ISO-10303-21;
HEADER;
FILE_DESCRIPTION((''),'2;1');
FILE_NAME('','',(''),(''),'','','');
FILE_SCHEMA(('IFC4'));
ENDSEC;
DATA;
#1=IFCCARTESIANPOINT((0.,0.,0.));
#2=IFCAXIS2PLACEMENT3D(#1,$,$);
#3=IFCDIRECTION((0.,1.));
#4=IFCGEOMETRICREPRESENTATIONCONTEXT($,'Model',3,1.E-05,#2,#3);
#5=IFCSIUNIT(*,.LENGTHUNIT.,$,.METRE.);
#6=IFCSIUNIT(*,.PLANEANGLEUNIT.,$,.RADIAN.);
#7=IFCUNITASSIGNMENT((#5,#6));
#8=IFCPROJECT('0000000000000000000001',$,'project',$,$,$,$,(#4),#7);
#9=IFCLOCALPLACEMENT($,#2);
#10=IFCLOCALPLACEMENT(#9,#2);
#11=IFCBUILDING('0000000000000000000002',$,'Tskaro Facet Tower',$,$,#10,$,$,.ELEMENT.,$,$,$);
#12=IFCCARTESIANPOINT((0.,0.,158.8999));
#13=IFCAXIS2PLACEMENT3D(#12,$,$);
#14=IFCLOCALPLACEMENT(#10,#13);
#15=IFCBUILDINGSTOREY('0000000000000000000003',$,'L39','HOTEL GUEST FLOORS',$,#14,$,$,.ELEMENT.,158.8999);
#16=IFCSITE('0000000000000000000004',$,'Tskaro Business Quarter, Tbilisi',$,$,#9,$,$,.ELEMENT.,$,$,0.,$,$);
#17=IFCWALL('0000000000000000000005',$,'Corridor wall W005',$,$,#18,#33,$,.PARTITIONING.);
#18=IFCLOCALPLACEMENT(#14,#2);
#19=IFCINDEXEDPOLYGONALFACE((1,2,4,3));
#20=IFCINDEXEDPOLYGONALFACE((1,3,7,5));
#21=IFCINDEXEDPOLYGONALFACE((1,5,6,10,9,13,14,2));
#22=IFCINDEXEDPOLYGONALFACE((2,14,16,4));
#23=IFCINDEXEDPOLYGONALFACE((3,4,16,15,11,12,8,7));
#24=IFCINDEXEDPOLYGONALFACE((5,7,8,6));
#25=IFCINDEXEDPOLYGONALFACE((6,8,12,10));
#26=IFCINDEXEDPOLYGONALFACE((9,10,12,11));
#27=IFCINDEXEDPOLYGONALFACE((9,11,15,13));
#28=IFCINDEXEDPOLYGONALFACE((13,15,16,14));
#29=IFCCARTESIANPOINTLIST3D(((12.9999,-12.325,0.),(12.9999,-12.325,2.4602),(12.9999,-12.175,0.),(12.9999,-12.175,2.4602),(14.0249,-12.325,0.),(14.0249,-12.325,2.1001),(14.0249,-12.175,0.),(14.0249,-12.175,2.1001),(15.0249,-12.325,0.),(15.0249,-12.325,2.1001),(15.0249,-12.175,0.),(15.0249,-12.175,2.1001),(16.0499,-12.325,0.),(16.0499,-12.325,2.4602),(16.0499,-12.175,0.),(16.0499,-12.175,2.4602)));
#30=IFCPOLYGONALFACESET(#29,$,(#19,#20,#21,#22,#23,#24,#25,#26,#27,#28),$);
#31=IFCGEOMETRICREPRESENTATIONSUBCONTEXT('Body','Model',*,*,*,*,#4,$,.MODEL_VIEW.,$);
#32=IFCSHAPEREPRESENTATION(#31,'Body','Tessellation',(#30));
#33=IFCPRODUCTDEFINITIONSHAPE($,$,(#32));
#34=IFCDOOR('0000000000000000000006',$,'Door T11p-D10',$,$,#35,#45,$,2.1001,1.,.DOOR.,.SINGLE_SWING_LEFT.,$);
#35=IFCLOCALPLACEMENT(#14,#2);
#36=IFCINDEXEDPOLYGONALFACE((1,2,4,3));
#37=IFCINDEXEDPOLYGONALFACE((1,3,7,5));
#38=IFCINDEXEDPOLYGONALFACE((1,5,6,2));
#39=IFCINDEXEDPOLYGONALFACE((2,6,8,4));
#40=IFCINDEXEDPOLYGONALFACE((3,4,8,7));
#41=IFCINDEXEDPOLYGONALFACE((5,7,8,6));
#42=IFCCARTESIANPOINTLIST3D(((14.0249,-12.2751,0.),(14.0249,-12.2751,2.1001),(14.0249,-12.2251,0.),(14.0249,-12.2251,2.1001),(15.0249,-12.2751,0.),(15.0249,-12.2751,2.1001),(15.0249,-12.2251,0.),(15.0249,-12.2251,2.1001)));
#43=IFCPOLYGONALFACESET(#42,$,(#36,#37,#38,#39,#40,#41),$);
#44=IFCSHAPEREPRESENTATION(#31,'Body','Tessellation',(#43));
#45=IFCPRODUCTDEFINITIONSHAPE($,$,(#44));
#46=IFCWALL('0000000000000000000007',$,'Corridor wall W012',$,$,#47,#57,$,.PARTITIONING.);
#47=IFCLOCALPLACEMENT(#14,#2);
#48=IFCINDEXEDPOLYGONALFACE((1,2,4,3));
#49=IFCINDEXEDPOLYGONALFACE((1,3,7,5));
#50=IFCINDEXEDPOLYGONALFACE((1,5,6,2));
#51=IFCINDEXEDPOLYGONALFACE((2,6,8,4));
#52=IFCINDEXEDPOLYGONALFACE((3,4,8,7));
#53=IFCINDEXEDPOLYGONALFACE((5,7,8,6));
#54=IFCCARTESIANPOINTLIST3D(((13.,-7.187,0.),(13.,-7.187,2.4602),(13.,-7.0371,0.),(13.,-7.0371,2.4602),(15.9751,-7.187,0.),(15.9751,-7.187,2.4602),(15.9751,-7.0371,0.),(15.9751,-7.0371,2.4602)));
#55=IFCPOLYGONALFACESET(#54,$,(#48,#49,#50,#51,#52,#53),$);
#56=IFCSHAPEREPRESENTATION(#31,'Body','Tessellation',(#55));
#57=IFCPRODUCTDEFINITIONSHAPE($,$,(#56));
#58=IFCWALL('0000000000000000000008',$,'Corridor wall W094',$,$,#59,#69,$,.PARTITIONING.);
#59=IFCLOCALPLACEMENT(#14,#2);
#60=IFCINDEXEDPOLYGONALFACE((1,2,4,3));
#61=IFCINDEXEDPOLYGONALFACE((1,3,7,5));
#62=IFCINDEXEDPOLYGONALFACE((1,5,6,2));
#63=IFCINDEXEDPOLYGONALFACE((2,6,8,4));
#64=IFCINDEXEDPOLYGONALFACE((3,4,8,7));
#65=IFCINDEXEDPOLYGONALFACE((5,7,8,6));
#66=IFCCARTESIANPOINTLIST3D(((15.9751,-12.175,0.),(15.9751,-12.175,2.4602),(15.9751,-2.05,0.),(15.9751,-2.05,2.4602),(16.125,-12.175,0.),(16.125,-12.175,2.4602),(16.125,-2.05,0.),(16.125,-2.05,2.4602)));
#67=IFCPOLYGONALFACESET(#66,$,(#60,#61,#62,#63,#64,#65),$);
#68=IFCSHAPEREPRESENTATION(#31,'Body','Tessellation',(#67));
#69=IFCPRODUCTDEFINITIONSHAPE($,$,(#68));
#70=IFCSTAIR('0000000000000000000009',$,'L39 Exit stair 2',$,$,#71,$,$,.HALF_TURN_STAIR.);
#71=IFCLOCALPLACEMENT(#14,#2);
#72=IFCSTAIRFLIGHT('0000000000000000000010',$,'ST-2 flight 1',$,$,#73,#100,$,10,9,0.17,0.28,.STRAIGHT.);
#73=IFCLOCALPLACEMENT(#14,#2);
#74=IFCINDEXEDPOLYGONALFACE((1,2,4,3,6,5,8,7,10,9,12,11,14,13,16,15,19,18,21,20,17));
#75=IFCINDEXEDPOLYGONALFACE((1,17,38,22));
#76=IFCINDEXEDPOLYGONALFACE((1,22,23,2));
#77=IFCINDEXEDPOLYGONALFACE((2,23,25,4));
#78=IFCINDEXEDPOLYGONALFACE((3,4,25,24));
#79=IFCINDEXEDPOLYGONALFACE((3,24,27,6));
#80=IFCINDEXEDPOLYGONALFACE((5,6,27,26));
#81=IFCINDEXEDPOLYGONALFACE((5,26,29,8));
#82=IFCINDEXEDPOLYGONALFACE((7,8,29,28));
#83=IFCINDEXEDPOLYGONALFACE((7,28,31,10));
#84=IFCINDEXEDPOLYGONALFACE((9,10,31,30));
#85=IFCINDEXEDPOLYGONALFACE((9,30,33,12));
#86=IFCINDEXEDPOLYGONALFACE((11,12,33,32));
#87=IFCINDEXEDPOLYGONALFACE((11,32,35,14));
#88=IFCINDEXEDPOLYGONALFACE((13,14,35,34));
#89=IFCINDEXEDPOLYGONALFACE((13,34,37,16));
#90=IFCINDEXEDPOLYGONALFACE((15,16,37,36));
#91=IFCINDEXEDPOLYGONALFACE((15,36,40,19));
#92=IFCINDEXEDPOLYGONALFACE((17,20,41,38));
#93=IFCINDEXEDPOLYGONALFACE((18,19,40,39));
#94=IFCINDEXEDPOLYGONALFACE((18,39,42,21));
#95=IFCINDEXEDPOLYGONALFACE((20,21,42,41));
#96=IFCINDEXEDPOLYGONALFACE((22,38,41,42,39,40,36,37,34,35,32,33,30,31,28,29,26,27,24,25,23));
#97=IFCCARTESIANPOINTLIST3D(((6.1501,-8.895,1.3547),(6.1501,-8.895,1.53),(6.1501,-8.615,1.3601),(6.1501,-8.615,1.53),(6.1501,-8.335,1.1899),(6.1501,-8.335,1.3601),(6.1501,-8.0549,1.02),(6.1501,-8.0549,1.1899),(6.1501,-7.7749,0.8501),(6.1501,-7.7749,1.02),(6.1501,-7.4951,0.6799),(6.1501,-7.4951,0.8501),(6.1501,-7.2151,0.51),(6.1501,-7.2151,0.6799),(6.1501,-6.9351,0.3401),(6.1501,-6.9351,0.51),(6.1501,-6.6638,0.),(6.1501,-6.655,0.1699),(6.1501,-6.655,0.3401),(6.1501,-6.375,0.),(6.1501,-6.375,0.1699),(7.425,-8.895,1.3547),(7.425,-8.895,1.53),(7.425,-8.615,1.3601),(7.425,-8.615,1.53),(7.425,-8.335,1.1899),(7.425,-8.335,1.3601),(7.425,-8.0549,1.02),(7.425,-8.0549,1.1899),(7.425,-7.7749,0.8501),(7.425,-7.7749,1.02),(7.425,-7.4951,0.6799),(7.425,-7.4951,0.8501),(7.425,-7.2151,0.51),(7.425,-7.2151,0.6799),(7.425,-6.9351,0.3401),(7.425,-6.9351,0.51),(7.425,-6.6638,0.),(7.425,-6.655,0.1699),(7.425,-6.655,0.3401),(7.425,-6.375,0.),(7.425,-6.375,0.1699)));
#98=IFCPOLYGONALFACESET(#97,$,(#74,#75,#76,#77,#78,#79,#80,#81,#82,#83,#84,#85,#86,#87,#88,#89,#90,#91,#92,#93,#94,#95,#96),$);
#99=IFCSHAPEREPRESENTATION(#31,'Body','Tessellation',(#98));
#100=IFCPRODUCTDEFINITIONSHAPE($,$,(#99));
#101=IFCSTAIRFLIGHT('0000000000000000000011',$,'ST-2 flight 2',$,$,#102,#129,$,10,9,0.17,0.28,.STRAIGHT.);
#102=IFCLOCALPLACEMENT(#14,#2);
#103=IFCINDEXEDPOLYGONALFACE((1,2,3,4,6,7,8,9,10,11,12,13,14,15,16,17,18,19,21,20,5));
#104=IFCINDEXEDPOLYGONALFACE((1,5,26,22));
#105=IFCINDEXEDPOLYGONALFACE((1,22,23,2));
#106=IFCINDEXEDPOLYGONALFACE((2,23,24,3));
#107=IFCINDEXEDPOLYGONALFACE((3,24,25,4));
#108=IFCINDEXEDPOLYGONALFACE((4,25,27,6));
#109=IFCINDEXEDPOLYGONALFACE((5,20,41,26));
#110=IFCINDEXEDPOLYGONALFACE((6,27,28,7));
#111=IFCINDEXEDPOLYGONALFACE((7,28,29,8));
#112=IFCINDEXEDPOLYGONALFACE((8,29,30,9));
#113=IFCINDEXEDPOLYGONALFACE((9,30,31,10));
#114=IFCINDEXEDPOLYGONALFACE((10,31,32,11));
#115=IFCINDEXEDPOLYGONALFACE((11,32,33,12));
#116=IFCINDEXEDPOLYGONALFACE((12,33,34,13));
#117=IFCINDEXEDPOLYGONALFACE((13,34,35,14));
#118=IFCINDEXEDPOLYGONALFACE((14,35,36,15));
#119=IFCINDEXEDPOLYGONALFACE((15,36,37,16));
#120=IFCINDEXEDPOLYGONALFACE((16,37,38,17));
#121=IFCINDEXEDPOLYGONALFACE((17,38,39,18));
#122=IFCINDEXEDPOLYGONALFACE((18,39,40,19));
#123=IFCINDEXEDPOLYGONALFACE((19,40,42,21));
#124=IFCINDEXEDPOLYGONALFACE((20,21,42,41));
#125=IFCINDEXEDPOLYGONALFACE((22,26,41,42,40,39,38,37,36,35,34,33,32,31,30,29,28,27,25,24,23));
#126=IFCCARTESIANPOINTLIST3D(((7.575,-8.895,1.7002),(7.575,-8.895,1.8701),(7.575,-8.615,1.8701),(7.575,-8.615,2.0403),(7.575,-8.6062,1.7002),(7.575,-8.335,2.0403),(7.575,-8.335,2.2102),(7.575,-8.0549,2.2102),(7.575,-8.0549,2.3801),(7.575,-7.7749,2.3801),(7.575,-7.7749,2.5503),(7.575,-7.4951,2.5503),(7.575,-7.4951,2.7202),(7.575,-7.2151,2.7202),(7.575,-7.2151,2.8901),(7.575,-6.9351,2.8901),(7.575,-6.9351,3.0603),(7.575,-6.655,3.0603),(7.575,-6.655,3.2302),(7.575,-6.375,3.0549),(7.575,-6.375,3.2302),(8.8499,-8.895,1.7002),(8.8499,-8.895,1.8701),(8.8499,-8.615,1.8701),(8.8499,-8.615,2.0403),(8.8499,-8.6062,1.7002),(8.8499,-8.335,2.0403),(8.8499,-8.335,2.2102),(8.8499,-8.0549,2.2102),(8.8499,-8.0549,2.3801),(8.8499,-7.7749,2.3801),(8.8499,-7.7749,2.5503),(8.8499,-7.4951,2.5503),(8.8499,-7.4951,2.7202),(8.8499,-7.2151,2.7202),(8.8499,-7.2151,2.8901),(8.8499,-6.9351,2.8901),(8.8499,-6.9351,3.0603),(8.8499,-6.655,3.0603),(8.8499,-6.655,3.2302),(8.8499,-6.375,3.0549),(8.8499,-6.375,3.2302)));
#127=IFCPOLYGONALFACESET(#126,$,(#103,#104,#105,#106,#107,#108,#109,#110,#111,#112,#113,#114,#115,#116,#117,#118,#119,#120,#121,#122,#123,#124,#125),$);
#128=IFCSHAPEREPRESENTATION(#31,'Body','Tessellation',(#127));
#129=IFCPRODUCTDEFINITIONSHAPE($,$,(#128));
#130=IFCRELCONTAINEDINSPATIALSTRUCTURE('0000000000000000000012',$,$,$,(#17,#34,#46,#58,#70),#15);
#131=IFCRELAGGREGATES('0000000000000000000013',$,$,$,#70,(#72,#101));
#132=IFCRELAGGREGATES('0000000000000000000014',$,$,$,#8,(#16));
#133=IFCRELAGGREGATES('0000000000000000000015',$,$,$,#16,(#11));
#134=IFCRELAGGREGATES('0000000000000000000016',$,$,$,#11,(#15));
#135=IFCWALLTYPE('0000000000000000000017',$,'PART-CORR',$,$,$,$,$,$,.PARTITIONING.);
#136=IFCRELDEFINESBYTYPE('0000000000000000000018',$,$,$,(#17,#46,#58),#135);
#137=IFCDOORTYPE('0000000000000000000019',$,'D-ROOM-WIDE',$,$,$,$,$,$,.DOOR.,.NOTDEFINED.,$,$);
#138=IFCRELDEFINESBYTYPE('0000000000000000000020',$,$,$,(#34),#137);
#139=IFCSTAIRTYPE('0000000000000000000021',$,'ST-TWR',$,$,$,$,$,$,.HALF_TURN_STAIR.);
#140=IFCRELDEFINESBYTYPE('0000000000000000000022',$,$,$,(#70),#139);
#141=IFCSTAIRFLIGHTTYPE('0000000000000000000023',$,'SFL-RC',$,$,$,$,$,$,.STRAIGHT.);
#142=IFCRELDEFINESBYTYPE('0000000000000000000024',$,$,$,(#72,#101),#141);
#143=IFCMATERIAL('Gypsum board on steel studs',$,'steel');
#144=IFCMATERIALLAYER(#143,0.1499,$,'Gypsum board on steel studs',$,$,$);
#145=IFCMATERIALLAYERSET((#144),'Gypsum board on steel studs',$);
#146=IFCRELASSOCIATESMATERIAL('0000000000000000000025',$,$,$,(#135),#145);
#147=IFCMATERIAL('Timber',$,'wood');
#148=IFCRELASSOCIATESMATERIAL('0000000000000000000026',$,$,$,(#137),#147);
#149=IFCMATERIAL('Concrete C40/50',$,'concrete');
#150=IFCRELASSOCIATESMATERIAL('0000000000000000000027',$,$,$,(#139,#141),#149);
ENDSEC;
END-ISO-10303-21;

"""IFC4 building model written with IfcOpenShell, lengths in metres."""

from ifc_helpers import new_model, si_unit, direction, frame, frame_2d, origin, place, context, subcontext, project, spatial, polyline, rectangle, outline, extrude, material, layer, layer_set, type_object, element, fill, aggregate, save


model = new_model("IFC4")

# Units and contexts
model_context = context("Model", 3, precision=1e-05, world=origin(), true_north=direction((0.0, 1.0)))
body_context = subcontext(model_context, "Body", "Model", "MODEL_VIEW")
ifc_project = project(units=[si_unit("LENGTHUNIT", "METRE"), si_unit("PLANEANGLEUNIT", "RADIAN")], contexts=[model_context])

# Site, building, storey
site_placement = place(None, origin())
site = spatial("IfcSite", under=ifc_project, at=site_placement, Name="Tskaro Business Quarter, Tbilisi", CompositionType="ELEMENT", RefElevation=0.0)
building_placement = place(site_placement, origin())
building = spatial("IfcBuilding", under=site, at=building_placement, Name="Tskaro Facet Tower", CompositionType="ELEMENT")
storey_placement = place(building_placement, frame((0.0, 0.0, 158.8999)))
storey = spatial("IfcBuildingStorey", under=building, at=storey_placement, Name="L39", Description="HOTEL GUEST FLOORS", CompositionType="ELEMENT", Elevation=158.8999)

# Shared definitions
ifc_material_1 = material(Name="Timber", Category="wood")
ifc_material_2 = material(Name="Concrete C40/50", Category="concrete")

# Wall, opening, door
ifc_material_3 = material(Name="Gypsum board on steel studs", Category="steel")
ifc_layer_1 = layer(ifc_material_3, 0.1499, Name="Gypsum board on steel studs")
ifc_layer_set_1 = layer_set([ifc_layer_1], Name="Gypsum board on steel studs")
wall_type_1 = type_object("IfcWallType", Name="PART-CORR", PredefinedType="PARTITIONING", material=ifc_layer_set_1)
wall_1_placement = place(storey_placement, frame((13.0, -12.25, 0.0), z_axis=(0.0, 0.0, 1.0), x_axis=(1.0, 0.0, 0.0)))
wall_1 = element("IfcWall", 1, at=wall_1_placement, inside=storey, type_object=wall_type_1, Name="Corridor wall W005", PredefinedType="PARTITIONING", context=body_context, shape_type="SweptSolid", body=[
    extrude(rectangle(XDim=3.05, YDim=0.1499, at=frame_2d((1.5249, 0.0))), origin(), (0.0, 0.0, 1.0), 2.4602),
])
opening_1_placement = place(wall_1_placement, frame((1.0249, 0.0, 0.0)))
opening_1 = element("IfcOpeningElement", 2, at=opening_1_placement, cuts=wall_1, PredefinedType="OPENING", context=body_context, shape_type="SweptSolid", body=[
    extrude(rectangle(XDim=1.0, YDim=2.1001, at=frame_2d((0.5, 1.05))), frame((0.0, 0.085, 0.0), z_axis=(0.0, -1.0, 0.0), x_axis=(1.0, 0.0, 0.0)), (0.0, 0.0, 1.0), 0.1699),
])
door_type_1 = type_object("IfcDoorType", Name="D-ROOM-WIDE", OperationType="NOTDEFINED", PredefinedType="DOOR", material=ifc_material_1)
door_1_placement = place(opening_1_placement, origin())
door_1 = element("IfcDoor", 3, at=door_1_placement, inside=storey, type_object=door_type_1, Name="Door T11p-D10", OperationType="SINGLE_SWING_LEFT", OverallHeight=2.1001, OverallWidth=1.0, PredefinedType="DOOR", context=body_context, shape_type="SweptSolid", body=[
    extrude(rectangle(XDim=1.0, YDim=2.1001, at=frame_2d((0.5, 1.05))), frame((0.0, 0.0249, 0.0), z_axis=(0.0, -1.0, 0.0), x_axis=(1.0, 0.0, 0.0)), (0.0, 0.0, 1.0), 0.05),
])
fill(opening_1, door_1)

# Walls
wall_2_placement = place(storey_placement, frame((13.0, -7.1121, 0.0), z_axis=(0.0, 0.0, 1.0), x_axis=(1.0, 0.0, 0.0)))
element("IfcWall", 4, at=wall_2_placement, inside=storey, type_object=wall_type_1, Name="Corridor wall W012", PredefinedType="PARTITIONING", context=body_context, shape_type="SweptSolid", body=[
    extrude(rectangle(XDim=2.9751, YDim=0.1499, at=frame_2d((1.4875, 0.0))), origin(), (0.0, 0.0, 1.0), 2.4602),
])
wall_3_placement = place(storey_placement, frame((16.05, -12.175, 0.0), z_axis=(0.0, 0.0, 1.0), x_axis=(0.0, 1.0, 0.0)))
element("IfcWall", 5, at=wall_3_placement, inside=storey, type_object=wall_type_1, Name="Corridor wall W094", PredefinedType="PARTITIONING", context=body_context, shape_type="SweptSolid", body=[
    extrude(rectangle(XDim=10.125, YDim=0.1499, at=frame_2d((5.0625, 0.0))), origin(), (0.0, 0.0, 1.0), 2.4602),
])

# Stair, stair flights
stair_type = type_object("IfcStairType", Name="ST-TWR", PredefinedType="HALF_TURN_STAIR", material=ifc_material_2)
stair_placement = place(storey_placement, origin())
stair = element("IfcStair", 6, at=stair_placement, inside=storey, type_object=stair_type, Name="L39 Exit stair 2", PredefinedType="HALF_TURN_STAIR")
stair_flight_type = type_object("IfcStairFlightType", Name="SFL-RC", PredefinedType="STRAIGHT", material=ifc_material_2)
stair_flight_1_placement = place(storey_placement, frame((6.7876, -6.375, 0.0), z_axis=(0.0, 0.0, 1.0), x_axis=(0.0, -1.0, 0.0)))
stair_flight_1 = element("IfcStairFlight", 7, at=stair_flight_1_placement, type_object=stair_flight_type, Name="ST-2 flight 1", NumberOfRisers=10, NumberOfTreads=9, PredefinedType="STRAIGHT", RiserHeight=0.17, TreadLength=0.28, context=body_context, shape_type="SweptSolid", body=[
    extrude(outline(polyline([(0.0, 0.0), (0.0, 0.1699), (0.28, 0.1699), (0.28, 0.3401), (0.5601, 0.3401), (0.5601, 0.51), (0.8401, 0.51), (0.8401, 0.6799), (1.1201, 0.6799), (1.1201, 0.8501), (1.3999, 0.8501), (1.3999, 1.02), (1.6799, 1.02), (1.6799, 1.1899), (1.96, 1.1899), (1.96, 1.3601), (2.24, 1.3601), (2.24, 1.53), (2.52, 1.53), (2.52, 1.7), (2.52, 1.3547), (0.2888, 0.0), (0.0, 0.0)])), frame((0.0, 0.6375, 0.0), z_axis=(0.0, -1.0, 0.0), x_axis=(1.0, 0.0, 0.0)), (0.0, 0.0, 1.0), 1.2749),
])
stair_flight_2_placement = place(storey_placement, frame((8.2124, -8.895, 1.7002), z_axis=(0.0, 0.0, 1.0), x_axis=(0.0, 1.0, 0.0)))
stair_flight_2 = element("IfcStairFlight", 8, at=stair_flight_2_placement, type_object=stair_flight_type, Name="ST-2 flight 2", NumberOfRisers=10, NumberOfTreads=9, PredefinedType="STRAIGHT", RiserHeight=0.17, TreadLength=0.28, context=body_context, shape_type="SweptSolid", body=[
    extrude(outline(polyline([(0.0, 0.0), (0.0, 0.1699), (0.28, 0.1699), (0.28, 0.3401), (0.5601, 0.3401), (0.5601, 0.51), (0.8401, 0.51), (0.8401, 0.6799), (1.1201, 0.6799), (1.1201, 0.8501), (1.3999, 0.8501), (1.3999, 1.02), (1.6799, 1.02), (1.6799, 1.1899), (1.96, 1.1899), (1.96, 1.3601), (2.24, 1.3601), (2.24, 1.53), (2.52, 1.53), (2.52, 1.7), (2.52, 1.3547), (0.2888, 0.0), (0.0, 0.0)])), frame((0.0, 0.6375, 0.0), z_axis=(0.0, -1.0, 0.0), x_axis=(1.0, 0.0, 0.0)), (0.0, 0.0, 1.0), 1.2749),
])
aggregate(stair, [stair_flight_1, stair_flight_2])

save(model, "model.ifc")
